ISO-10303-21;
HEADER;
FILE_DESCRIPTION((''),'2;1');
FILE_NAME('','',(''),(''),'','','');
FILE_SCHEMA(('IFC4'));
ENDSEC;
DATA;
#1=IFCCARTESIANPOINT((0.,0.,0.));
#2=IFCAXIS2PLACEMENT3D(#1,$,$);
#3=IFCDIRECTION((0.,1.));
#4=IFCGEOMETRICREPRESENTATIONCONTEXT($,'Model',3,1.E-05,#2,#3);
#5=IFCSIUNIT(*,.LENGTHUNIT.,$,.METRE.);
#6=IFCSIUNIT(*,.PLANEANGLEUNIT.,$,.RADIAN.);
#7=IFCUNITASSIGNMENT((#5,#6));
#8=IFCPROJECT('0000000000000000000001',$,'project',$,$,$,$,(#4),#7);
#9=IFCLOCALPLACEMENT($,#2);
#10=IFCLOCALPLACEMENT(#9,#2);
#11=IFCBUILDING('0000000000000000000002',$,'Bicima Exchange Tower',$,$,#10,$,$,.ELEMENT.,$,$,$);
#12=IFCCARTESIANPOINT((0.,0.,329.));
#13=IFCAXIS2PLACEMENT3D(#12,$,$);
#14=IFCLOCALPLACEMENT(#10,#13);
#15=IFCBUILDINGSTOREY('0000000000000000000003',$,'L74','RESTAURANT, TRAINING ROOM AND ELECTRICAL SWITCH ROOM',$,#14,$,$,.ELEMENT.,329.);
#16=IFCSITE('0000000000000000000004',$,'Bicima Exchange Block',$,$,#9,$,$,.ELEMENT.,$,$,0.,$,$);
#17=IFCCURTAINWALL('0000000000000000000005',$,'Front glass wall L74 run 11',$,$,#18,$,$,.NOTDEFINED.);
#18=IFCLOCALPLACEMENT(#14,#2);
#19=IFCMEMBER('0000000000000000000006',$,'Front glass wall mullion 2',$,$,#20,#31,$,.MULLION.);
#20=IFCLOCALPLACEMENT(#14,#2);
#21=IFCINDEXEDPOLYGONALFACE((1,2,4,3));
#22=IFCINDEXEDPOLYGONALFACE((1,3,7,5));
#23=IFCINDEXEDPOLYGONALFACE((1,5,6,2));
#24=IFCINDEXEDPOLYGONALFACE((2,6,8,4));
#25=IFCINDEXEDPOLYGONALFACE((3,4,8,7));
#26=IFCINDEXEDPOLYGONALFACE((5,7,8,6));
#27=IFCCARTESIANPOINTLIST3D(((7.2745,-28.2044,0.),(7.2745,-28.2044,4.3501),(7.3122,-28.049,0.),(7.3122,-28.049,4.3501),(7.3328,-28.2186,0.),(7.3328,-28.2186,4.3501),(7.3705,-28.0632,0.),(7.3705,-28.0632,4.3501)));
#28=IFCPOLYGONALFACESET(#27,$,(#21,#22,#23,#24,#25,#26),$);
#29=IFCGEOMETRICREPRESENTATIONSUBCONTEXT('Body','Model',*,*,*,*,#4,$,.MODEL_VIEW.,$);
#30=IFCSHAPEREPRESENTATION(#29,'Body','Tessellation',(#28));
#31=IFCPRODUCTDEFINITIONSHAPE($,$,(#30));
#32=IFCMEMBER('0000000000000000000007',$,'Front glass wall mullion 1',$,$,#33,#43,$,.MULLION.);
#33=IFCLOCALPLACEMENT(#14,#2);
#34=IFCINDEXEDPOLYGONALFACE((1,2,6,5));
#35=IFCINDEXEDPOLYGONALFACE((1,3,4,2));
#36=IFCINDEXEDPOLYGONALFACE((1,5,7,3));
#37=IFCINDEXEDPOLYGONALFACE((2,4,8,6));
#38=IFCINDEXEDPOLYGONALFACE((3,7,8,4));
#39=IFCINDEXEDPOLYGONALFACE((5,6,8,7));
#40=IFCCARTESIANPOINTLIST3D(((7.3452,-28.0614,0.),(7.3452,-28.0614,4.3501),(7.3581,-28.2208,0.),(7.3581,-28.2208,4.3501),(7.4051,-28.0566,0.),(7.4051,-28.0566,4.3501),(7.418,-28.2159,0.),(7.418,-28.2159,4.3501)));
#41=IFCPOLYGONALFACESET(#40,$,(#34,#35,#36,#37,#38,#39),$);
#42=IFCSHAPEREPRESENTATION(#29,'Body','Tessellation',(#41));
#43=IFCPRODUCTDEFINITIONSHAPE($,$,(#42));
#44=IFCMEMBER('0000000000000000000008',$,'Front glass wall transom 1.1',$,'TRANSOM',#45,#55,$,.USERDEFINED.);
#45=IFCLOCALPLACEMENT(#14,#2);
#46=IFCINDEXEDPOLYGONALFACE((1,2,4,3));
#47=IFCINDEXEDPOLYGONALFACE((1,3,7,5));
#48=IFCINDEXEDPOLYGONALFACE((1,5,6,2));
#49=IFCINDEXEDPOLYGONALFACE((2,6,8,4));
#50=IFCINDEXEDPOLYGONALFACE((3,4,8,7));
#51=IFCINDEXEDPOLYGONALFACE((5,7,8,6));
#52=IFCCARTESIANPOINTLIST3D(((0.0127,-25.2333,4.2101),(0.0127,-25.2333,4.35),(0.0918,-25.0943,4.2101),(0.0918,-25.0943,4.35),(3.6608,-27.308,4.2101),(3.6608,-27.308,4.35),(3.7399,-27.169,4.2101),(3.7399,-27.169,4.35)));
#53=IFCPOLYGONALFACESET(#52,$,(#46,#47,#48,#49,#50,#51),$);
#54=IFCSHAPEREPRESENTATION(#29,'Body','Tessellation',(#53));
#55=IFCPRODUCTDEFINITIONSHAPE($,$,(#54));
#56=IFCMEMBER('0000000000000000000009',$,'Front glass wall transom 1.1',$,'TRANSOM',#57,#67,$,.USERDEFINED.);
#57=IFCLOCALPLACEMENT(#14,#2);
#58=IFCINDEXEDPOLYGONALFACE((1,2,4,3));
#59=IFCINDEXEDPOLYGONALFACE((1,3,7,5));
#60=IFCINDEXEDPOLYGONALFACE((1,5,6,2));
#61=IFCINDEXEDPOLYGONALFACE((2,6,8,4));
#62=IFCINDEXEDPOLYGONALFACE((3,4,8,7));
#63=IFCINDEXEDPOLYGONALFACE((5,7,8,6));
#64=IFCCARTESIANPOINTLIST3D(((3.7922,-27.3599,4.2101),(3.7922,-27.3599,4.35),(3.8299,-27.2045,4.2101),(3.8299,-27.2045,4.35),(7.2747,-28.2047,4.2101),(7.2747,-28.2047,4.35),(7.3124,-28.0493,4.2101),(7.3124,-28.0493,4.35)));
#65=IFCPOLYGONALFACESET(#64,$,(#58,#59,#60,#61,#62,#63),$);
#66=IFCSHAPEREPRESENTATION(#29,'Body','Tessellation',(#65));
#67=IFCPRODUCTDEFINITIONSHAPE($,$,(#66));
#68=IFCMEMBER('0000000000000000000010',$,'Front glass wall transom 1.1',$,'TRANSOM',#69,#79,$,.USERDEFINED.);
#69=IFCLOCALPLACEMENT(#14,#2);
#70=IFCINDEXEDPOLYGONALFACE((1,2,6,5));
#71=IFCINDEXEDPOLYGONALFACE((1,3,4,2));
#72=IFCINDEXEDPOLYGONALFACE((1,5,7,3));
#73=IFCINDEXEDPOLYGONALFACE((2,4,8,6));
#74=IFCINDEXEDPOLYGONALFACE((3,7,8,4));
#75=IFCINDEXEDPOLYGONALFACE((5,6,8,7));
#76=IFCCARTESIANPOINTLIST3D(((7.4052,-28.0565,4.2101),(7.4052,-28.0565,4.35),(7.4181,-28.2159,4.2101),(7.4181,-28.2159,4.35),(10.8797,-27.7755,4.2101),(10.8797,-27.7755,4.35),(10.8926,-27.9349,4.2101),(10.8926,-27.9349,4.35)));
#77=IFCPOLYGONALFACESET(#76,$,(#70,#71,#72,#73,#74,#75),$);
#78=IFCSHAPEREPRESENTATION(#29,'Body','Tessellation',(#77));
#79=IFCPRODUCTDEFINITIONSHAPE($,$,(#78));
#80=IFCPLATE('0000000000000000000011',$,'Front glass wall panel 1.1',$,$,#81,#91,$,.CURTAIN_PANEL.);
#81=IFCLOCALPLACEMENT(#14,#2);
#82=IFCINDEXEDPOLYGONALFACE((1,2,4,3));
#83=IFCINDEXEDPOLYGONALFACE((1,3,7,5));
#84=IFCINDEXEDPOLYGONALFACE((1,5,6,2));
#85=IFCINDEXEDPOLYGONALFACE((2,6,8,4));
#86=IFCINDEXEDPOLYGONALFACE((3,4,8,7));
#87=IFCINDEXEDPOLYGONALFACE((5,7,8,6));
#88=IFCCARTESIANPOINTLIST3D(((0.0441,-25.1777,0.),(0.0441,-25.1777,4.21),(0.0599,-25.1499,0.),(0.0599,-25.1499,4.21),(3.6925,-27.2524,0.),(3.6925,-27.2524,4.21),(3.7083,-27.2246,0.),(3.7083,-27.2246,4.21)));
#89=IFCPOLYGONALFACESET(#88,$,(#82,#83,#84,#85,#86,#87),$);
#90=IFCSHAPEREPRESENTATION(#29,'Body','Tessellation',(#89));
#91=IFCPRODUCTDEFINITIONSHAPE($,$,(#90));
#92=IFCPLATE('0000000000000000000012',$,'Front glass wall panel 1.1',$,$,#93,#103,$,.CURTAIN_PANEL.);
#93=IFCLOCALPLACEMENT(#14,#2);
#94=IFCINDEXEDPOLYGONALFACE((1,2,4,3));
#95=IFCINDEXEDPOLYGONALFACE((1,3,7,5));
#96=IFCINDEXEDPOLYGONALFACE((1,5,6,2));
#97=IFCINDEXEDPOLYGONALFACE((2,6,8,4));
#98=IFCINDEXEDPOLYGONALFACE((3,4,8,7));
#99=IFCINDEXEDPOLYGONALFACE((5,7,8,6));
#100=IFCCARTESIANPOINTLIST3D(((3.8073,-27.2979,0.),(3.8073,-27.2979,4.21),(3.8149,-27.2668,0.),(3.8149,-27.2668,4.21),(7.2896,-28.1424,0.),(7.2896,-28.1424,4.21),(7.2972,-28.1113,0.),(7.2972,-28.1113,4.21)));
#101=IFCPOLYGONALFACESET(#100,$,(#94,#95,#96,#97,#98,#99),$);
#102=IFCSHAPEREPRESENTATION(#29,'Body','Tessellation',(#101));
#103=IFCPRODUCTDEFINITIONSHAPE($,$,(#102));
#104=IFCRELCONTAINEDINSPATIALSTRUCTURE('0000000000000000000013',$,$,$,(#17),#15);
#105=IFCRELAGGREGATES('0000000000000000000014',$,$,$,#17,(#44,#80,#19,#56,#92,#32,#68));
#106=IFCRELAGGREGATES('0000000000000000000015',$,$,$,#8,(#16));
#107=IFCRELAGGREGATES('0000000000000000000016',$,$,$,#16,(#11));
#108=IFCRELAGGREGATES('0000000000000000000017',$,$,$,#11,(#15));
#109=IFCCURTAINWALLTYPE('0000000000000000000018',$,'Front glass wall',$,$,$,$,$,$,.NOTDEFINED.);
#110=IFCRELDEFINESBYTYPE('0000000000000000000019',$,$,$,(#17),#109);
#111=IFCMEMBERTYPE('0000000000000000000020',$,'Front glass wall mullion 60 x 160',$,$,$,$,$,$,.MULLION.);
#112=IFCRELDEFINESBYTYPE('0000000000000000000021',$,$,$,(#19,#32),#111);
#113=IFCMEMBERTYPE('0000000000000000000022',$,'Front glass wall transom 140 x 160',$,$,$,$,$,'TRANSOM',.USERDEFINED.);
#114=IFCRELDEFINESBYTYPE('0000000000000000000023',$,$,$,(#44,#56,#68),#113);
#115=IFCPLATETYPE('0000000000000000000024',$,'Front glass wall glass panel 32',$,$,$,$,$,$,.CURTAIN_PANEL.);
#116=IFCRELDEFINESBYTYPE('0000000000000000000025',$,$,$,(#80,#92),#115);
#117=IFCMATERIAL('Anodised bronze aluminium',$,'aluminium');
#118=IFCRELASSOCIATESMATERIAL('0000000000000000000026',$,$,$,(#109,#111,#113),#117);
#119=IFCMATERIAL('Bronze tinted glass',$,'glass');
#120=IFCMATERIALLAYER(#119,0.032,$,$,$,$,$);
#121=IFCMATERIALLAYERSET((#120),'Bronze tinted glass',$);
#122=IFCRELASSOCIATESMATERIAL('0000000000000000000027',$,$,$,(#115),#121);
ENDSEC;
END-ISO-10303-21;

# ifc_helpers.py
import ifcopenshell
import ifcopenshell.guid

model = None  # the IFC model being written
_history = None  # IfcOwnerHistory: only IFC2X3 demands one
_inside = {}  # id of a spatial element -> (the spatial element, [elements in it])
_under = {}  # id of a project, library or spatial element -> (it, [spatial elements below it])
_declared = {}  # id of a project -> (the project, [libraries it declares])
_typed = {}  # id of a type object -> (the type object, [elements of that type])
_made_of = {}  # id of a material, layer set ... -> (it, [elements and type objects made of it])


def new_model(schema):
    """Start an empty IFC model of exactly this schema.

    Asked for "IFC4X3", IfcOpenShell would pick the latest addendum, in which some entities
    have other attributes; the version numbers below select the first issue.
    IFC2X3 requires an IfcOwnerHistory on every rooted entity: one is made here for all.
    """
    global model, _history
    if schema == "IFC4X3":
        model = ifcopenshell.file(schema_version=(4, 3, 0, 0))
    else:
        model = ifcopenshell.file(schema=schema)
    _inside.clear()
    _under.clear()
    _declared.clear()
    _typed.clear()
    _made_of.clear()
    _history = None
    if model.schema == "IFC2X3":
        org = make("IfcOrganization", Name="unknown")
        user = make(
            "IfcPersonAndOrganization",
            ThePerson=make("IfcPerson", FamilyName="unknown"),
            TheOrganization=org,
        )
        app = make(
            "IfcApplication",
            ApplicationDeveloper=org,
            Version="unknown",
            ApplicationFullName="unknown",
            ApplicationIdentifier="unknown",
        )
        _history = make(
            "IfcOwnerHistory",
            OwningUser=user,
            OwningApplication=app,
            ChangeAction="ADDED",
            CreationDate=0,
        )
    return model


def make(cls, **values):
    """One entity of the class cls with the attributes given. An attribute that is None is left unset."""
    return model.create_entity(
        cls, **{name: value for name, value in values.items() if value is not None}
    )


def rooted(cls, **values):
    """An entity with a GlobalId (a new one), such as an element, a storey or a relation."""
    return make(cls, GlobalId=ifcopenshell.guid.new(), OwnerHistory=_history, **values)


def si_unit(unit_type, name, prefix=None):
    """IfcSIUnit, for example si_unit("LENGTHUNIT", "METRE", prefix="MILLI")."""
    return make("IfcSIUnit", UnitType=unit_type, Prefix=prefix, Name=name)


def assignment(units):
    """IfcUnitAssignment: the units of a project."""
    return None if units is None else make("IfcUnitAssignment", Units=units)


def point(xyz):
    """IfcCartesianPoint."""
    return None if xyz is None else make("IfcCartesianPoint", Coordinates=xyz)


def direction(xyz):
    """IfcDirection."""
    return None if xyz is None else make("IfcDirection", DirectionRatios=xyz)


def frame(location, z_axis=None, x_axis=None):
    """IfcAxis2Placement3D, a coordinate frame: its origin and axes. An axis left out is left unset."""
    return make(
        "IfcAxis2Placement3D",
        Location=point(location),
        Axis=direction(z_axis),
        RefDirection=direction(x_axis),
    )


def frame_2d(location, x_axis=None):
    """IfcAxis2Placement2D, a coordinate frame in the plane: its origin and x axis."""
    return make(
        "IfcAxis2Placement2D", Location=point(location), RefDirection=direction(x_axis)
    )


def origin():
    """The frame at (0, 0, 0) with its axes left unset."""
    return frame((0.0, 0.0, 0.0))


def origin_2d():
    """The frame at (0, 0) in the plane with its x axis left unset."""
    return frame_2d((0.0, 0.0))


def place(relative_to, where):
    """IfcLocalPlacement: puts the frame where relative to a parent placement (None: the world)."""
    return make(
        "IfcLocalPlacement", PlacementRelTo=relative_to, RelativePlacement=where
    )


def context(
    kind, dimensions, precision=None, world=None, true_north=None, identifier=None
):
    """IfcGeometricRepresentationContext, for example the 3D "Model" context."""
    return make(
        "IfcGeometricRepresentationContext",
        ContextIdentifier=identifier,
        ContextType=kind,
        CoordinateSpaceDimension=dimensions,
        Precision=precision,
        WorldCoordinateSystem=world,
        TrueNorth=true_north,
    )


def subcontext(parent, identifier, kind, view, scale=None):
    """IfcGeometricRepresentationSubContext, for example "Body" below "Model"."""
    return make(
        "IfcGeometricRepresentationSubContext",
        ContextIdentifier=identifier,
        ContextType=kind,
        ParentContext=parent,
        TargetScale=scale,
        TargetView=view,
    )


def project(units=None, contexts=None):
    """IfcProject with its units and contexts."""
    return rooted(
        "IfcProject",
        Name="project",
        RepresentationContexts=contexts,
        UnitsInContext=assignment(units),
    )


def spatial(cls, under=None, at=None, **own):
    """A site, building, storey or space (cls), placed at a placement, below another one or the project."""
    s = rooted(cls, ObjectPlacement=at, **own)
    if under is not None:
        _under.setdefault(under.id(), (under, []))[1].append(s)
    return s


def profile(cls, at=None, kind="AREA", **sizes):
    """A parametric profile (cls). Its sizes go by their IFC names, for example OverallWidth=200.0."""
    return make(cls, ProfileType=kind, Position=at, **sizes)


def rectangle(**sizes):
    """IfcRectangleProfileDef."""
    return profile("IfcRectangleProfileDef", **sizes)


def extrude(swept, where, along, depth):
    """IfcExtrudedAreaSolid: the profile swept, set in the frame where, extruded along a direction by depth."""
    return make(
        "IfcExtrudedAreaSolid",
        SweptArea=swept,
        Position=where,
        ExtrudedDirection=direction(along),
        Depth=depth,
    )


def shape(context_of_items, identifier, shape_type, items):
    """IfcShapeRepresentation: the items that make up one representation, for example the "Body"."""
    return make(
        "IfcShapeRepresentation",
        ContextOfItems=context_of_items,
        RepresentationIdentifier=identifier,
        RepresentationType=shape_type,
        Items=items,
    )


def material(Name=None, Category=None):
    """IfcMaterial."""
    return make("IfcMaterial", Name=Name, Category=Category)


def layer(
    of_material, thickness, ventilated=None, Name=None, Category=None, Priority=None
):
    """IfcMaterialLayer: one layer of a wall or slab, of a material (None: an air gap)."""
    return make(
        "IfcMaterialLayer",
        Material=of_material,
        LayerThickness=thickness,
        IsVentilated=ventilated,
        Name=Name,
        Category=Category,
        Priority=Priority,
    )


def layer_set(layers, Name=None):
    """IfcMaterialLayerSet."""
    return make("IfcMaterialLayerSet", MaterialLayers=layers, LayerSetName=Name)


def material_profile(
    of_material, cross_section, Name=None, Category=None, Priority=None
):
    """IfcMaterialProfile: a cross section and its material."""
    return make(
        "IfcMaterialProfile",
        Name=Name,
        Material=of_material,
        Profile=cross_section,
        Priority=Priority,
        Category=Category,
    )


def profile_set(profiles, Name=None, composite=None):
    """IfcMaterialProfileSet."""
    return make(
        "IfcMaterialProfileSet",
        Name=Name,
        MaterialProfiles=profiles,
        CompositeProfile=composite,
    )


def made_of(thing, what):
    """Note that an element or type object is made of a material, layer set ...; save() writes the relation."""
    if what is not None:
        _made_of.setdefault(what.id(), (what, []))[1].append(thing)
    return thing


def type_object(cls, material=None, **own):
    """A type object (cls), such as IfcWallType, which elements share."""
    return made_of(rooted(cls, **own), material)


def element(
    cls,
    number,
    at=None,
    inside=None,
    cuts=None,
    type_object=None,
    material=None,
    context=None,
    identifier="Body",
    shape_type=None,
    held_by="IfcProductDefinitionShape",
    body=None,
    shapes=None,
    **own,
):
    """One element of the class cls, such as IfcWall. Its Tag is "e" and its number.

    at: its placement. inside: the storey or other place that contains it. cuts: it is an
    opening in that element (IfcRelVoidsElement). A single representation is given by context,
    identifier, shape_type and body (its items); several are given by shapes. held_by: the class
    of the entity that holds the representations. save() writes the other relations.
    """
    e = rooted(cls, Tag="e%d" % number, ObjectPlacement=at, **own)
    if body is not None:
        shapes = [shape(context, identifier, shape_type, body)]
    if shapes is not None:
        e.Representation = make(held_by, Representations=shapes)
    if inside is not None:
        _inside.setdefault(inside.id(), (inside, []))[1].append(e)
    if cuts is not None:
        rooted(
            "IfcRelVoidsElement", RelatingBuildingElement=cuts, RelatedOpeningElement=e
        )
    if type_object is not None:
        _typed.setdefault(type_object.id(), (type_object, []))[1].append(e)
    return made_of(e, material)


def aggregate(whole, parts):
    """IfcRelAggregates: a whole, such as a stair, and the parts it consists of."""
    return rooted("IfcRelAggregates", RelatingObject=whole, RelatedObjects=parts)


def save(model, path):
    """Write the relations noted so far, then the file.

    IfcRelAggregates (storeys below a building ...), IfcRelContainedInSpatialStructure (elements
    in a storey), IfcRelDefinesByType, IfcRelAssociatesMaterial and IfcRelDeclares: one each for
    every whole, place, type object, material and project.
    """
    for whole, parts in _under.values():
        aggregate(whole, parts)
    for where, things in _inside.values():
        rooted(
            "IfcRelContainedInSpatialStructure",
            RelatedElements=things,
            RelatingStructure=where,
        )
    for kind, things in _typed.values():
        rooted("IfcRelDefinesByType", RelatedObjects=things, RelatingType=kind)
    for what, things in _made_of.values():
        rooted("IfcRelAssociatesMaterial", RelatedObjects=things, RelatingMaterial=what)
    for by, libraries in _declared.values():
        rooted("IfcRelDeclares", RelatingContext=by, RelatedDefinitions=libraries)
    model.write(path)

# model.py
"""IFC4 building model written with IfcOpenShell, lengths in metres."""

from ifc_helpers import new_model, si_unit, direction, frame, origin, origin_2d, place, context, subcontext, project, spatial, rectangle, extrude, material, layer, layer_set, material_profile, profile_set, type_object, element, aggregate, save


model = new_model("IFC4")

# Units and contexts
model_context = context("Model", 3, precision=1e-05, world=origin(), true_north=direction((0.0, 1.0)))
body_context = subcontext(model_context, "Body", "Model", "MODEL_VIEW")
ifc_project = project(units=[si_unit("LENGTHUNIT", "METRE"), si_unit("PLANEANGLEUNIT", "RADIAN")], contexts=[model_context])

# Site, building, storey
site_placement = place(None, origin())
site = spatial("IfcSite", under=ifc_project, at=site_placement, Name="Bicima Exchange Block", CompositionType="ELEMENT", RefElevation=0.0)
building_placement = place(site_placement, origin())
building = spatial("IfcBuilding", under=site, at=building_placement, Name="Bicima Exchange Tower", CompositionType="ELEMENT")
storey_placement = place(building_placement, frame((0.0, 0.0, 329.0)))
storey = spatial("IfcBuildingStorey", under=building, at=storey_placement, Name="L74", Description="RESTAURANT, TRAINING ROOM AND ELECTRICAL SWITCH ROOM", CompositionType="ELEMENT", Elevation=329.0)

# Curtain wall, members, plates
ifc_material_1 = material(Name="Anodised bronze aluminium", Category="aluminium")
curtain_wall_type = type_object("IfcCurtainWallType", Name="Front glass wall", PredefinedType="NOTDEFINED", material=ifc_material_1)
curtain_wall_placement = place(storey_placement, origin())
curtain_wall = element("IfcCurtainWall", 1, at=curtain_wall_placement, inside=storey, type_object=curtain_wall_type, Name="Front glass wall L74 run 11", PredefinedType="NOTDEFINED")
ifc_material_profile_1 = material_profile(ifc_material_1, rectangle(XDim=0.1599, YDim=0.0601, at=origin_2d()))
ifc_profile_set_1 = profile_set([ifc_material_profile_1], Name="Anodised bronze aluminium")
member_type_1 = type_object("IfcMemberType", Name="Front glass wall mullion 60 x 160", PredefinedType="MULLION", material=ifc_profile_set_1)
member_1_placement = place(storey_placement, frame((7.3225, -28.1338, 0.0), z_axis=(0.0, 0.0, 1.0), x_axis=(0.235682, 0.97183, 0.0)))
member_1 = element("IfcMember", 2, at=member_1_placement, type_object=member_type_1, Name="Front glass wall mullion 2", PredefinedType="MULLION", context=body_context, shape_type="SweptSolid", body=[
    extrude(rectangle(XDim=0.1599, YDim=0.0601, at=origin_2d()), origin(), (0.0, 0.0, 1.0), 4.3501),
])
member_2_placement = place(storey_placement, frame((7.3816, -28.1387, 0.0), z_axis=(0.0, 0.0, 1.0), x_axis=(-0.080589, 0.996747, 0.0)))
member_2 = element("IfcMember", 3, at=member_2_placement, type_object=member_type_1, Name="Front glass wall mullion 1", PredefinedType="MULLION", context=body_context, shape_type="SweptSolid", body=[
    extrude(rectangle(XDim=0.1599, YDim=0.0601, at=origin_2d()), origin(), (0.0, 0.0, 1.0), 4.3501),
])
ifc_material_profile_2 = material_profile(ifc_material_1, rectangle(XDim=0.1599, YDim=0.1399, at=origin_2d()))
ifc_profile_set_2 = profile_set([ifc_material_profile_2], Name="Anodised bronze aluminium")
member_type_2 = type_object("IfcMemberType", Name="Front glass wall transom 140 x 160", ElementType="TRANSOM", PredefinedType="USERDEFINED", material=ifc_profile_set_2)
member_3_placement = place(storey_placement, frame((0.0522, -25.1638, 4.28), z_axis=(0.869265, -0.494346, 0.0), x_axis=(0.494346, 0.869265, 0.0)))
member_3 = element("IfcMember", 4, at=member_3_placement, type_object=member_type_2, Name="Front glass wall transom 1.1", ObjectType="TRANSOM", PredefinedType="USERDEFINED", context=body_context, shape_type="SweptSolid", body=[
    extrude(rectangle(XDim=0.1599, YDim=0.1399, at=origin_2d()), origin(), (0.0, 0.0, 1.0), 4.1968),
])
member_4_placement = place(storey_placement, frame((3.811, -27.2822, 4.28), z_axis=(0.971818, -0.235733, 0.0), x_axis=(0.235733, 0.971818, 0.0)))
member_4 = element("IfcMember", 5, at=member_4_placement, type_object=member_type_2, Name="Front glass wall transom 1.1", ObjectType="TRANSOM", PredefinedType="USERDEFINED", context=body_context, shape_type="SweptSolid", body=[
    extrude(rectangle(XDim=0.1599, YDim=0.1399, at=origin_2d()), origin(), (0.0, 0.0, 1.0), 3.5835),
])
member_5_placement = place(storey_placement, frame((7.4116, -28.1362, 4.28), z_axis=(0.996746, 0.080611, 0.0), x_axis=(-0.080611, 0.996746, 0.0)))
member_5 = element("IfcMember", 6, at=member_5_placement, type_object=member_type_2, Name="Front glass wall transom 1.1", ObjectType="TRANSOM", PredefinedType="USERDEFINED", context=body_context, shape_type="SweptSolid", body=[
    extrude(rectangle(XDim=0.1599, YDim=0.1399, at=origin_2d()), origin(), (0.0, 0.0, 1.0), 3.4858),
])
ifc_material_2 = material(Name="Bronze tinted glass", Category="glass")
ifc_layer_1 = layer(ifc_material_2, 0.032)
ifc_layer_set_1 = layer_set([ifc_layer_1], Name="Bronze tinted glass")
plate_type = type_object("IfcPlateType", Name="Front glass wall glass panel 32", PredefinedType="CURTAIN_PANEL", material=ifc_layer_set_1)
plate_1_placement = place(storey_placement, frame((1.8762, -26.2012, 0.0), z_axis=(0.0, 0.0, 1.0), x_axis=(0.869274, -0.49433, 0.0)))
plate_1 = element("IfcPlate", 7, at=plate_1_placement, type_object=plate_type, Name="Front glass wall panel 1.1", PredefinedType="CURTAIN_PANEL", context=body_context, shape_type="SweptSolid", body=[
    extrude(rectangle(XDim=4.197, YDim=0.032, at=origin_2d()), origin(), (0.0, 0.0, 1.0), 4.21),
])
plate_2_placement = place(storey_placement, frame((5.5522, -27.7046, 0.0), z_axis=(0.0, 0.0, 1.0), x_axis=(0.97183, -0.235682, 0.0)))
plate_2 = element("IfcPlate", 8, at=plate_2_placement, type_object=plate_type, Name="Front glass wall panel 1.1", PredefinedType="CURTAIN_PANEL", context=body_context, shape_type="SweptSolid", body=[
    extrude(rectangle(XDim=3.5833, YDim=0.032, at=origin_2d()), origin(), (0.0, 0.0, 1.0), 4.21),
])
aggregate(curtain_wall, [member_3, plate_1, member_1, member_4, plate_2, member_2, member_5])

save(model, "model.ifc")
